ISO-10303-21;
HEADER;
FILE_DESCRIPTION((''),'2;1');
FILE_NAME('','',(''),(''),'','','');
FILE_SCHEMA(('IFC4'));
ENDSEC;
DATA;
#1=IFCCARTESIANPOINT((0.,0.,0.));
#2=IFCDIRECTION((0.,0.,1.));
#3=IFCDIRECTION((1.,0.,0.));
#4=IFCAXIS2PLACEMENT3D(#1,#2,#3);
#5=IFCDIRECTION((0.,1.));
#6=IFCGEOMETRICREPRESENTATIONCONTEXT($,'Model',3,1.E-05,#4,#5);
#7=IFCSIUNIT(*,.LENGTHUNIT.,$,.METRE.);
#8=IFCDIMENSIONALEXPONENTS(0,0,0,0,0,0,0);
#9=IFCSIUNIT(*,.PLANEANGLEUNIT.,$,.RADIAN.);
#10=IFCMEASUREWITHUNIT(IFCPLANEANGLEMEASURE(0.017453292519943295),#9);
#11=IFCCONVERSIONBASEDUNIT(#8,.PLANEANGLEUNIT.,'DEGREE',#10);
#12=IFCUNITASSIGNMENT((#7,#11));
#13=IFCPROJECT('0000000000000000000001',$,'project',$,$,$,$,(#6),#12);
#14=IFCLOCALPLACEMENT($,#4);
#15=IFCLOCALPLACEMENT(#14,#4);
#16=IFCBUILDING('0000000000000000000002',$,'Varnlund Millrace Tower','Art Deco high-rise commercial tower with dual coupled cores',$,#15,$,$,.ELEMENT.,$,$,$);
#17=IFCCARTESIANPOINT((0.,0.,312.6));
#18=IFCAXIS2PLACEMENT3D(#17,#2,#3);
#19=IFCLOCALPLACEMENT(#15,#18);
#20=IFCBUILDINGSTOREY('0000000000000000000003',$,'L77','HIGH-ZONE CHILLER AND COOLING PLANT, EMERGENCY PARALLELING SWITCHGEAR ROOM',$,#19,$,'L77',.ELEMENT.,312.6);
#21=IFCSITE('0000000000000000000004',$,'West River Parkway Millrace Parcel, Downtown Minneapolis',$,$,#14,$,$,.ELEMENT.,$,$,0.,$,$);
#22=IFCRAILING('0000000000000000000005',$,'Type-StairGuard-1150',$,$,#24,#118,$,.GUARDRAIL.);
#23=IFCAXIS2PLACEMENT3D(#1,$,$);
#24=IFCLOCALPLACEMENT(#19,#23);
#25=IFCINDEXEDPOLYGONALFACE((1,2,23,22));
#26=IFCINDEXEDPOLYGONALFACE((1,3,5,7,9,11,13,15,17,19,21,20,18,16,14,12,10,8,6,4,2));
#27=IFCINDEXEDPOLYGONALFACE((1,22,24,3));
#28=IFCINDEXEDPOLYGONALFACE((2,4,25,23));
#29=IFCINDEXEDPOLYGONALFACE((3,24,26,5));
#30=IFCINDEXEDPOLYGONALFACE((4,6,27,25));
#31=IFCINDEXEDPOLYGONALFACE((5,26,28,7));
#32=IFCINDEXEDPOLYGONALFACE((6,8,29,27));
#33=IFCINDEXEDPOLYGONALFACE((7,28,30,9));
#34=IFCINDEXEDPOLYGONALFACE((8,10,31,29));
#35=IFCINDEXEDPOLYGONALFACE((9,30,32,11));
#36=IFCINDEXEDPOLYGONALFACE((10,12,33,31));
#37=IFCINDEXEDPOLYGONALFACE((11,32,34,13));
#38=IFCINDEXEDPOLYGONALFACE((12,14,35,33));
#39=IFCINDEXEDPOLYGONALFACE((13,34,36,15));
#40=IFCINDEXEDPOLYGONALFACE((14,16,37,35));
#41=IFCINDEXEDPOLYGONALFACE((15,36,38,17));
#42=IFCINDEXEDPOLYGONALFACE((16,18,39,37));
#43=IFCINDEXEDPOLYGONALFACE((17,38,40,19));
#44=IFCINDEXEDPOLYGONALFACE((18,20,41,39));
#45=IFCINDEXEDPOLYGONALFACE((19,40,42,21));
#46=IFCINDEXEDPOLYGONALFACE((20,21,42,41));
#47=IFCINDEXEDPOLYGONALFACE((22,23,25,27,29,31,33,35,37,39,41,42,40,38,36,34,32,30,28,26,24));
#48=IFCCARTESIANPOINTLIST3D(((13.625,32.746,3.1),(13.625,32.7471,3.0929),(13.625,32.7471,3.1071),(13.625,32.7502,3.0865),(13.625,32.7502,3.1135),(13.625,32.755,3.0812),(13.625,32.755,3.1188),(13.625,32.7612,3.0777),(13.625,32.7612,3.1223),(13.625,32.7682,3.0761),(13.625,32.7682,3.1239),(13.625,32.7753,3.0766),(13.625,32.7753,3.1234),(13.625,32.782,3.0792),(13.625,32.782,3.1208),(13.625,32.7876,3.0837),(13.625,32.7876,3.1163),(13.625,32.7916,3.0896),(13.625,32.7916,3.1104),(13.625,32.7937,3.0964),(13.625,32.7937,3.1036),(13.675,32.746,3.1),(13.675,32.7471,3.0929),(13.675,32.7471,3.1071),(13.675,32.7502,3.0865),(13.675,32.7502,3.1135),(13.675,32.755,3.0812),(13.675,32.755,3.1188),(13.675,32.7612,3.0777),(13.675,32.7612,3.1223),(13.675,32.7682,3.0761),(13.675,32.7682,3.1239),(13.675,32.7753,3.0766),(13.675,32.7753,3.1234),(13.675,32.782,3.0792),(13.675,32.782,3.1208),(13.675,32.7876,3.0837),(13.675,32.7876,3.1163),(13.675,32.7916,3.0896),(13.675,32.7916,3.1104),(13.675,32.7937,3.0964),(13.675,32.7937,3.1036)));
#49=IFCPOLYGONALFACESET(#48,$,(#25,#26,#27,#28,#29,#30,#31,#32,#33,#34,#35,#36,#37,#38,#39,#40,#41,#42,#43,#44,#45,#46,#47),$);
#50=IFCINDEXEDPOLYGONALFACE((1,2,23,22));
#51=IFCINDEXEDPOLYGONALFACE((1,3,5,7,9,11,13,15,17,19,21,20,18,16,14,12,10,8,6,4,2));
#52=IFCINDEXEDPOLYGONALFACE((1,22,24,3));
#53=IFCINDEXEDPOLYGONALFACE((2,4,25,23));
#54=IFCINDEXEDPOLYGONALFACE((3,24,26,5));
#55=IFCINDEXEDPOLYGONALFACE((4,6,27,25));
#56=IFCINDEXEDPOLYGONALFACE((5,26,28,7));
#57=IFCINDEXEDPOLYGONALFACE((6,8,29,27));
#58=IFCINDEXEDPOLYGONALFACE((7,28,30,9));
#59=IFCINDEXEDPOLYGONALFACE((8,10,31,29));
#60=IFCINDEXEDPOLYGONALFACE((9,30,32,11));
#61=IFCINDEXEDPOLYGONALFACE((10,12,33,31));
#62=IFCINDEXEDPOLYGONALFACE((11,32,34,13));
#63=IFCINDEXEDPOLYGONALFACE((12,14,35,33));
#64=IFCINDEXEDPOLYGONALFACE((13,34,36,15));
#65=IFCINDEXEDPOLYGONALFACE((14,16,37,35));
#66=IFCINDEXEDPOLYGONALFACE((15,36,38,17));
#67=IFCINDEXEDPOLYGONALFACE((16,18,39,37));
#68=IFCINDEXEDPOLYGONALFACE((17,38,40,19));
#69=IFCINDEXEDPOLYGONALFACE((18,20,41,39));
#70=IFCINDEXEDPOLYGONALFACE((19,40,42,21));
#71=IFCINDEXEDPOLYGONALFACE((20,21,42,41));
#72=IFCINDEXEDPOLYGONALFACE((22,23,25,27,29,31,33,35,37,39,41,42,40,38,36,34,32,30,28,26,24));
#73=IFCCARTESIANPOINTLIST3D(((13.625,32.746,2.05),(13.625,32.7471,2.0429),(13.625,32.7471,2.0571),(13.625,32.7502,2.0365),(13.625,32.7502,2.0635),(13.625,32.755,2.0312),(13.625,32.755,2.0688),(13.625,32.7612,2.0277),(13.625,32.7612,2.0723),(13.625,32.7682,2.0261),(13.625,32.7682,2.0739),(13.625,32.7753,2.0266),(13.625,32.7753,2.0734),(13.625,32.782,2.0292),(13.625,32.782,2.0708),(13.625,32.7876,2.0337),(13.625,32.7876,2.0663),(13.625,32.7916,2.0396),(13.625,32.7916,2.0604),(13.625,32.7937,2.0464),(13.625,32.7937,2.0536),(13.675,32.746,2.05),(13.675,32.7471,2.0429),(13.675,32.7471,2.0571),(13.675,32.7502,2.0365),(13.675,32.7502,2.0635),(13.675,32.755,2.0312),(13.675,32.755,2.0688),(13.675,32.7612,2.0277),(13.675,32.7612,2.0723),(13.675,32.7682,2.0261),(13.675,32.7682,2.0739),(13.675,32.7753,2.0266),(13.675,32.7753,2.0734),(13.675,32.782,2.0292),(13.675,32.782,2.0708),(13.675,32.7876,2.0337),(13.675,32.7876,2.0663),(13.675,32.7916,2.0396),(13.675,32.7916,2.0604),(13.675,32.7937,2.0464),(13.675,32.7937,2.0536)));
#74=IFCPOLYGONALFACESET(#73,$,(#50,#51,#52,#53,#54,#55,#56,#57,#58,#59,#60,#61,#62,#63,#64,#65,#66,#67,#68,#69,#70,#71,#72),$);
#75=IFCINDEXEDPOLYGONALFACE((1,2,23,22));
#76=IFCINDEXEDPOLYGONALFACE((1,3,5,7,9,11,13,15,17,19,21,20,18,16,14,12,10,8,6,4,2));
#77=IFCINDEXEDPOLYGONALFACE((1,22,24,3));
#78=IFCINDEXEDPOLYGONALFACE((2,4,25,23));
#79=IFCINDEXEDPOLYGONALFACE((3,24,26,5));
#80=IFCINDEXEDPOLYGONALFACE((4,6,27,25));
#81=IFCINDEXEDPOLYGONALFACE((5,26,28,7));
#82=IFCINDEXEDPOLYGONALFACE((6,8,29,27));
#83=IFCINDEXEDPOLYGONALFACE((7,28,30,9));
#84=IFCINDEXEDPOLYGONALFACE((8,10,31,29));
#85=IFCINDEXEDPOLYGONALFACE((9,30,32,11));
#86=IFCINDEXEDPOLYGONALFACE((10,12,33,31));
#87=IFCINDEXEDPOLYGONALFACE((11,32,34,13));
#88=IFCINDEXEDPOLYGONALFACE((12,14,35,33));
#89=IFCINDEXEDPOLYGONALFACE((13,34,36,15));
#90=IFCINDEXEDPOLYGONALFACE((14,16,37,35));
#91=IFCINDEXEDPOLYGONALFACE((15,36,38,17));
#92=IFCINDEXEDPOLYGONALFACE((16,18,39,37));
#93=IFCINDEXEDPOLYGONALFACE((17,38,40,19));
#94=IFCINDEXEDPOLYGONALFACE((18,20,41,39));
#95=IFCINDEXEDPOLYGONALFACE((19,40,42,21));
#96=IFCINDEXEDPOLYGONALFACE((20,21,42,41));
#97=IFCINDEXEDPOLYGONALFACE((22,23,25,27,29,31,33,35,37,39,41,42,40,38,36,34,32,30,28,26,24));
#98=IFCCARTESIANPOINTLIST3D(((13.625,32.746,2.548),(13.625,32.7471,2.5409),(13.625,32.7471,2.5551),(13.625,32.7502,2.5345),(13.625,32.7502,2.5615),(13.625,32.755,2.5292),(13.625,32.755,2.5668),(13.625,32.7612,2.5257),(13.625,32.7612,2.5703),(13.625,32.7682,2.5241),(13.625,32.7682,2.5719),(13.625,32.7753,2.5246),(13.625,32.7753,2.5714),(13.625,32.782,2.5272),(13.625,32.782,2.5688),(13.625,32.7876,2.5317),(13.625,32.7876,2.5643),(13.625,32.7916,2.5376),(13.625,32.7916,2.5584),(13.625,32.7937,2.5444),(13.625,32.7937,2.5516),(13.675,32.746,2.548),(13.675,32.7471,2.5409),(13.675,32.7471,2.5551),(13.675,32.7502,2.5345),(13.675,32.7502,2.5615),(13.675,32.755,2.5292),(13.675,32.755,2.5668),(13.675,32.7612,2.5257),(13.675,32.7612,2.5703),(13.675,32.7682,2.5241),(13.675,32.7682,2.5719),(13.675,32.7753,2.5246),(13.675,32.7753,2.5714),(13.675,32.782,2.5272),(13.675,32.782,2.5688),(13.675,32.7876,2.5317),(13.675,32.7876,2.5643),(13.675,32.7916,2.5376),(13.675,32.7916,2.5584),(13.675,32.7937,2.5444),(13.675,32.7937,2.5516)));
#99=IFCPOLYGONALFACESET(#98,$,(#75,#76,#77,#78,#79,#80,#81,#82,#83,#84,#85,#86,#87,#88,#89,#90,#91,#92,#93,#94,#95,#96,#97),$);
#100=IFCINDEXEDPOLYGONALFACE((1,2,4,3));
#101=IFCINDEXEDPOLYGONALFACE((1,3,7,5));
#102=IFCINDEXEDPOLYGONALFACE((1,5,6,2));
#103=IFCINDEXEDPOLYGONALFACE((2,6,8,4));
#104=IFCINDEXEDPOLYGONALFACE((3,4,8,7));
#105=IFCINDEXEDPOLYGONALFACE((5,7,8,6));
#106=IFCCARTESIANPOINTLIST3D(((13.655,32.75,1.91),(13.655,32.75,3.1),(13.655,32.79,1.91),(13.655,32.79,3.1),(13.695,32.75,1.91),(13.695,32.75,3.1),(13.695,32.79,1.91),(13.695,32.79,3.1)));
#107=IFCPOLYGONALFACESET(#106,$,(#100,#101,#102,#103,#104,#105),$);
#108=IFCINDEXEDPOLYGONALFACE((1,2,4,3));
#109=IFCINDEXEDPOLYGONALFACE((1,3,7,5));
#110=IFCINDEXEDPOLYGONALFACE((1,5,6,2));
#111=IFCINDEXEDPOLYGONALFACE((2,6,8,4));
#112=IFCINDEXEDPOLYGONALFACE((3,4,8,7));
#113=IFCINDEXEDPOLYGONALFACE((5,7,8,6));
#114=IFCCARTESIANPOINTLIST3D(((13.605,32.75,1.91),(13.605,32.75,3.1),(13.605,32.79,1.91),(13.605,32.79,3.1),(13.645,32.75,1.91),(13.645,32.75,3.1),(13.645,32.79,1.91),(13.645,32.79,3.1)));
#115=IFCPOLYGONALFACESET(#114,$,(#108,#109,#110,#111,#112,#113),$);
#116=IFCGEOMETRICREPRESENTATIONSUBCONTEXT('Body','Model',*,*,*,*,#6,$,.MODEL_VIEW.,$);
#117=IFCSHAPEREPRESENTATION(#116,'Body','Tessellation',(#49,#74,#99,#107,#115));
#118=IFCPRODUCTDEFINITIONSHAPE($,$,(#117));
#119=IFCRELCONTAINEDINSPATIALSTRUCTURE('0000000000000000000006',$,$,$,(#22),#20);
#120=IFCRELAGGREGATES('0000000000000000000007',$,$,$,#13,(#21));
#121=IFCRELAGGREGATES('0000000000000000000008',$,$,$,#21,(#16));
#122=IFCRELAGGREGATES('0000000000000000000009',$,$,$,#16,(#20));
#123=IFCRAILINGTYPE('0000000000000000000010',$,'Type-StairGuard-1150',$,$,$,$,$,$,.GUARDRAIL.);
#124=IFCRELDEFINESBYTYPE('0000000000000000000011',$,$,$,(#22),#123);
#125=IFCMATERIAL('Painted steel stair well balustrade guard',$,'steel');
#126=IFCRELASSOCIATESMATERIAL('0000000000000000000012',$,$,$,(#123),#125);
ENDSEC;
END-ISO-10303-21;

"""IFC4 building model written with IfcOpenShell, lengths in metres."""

from ifc_helpers import new_model, entity, si_unit, converted_unit, direction, frame, origin_with_axes, origin_2d_with_axis, place, context, subcontext, project, spatial, rectangle, circle, extrude, material, type_object, element, save


model = new_model("IFC4")

# Units and contexts
model_context = context("Model", 3, precision=1e-05, world=origin_with_axes(), true_north=direction((0.0, 1.0)))
body_context = subcontext(model_context, "Body", "Model", "MODEL_VIEW")
ifc_project = project(units=[si_unit("LENGTHUNIT", "METRE"), converted_unit("PLANEANGLEUNIT", "DEGREE", entity("IfcPlaneAngleMeasure", 0.017453292519943295), si_unit("PLANEANGLEUNIT", "RADIAN"), dimensions=[0, 0, 0, 0, 0, 0, 0])], contexts=[model_context])

# Site, building, storey
site_placement = place(None, origin_with_axes())
site = spatial("IfcSite", under=ifc_project, at=site_placement, Name="West River Parkway Millrace Parcel, Downtown Minneapolis", CompositionType="ELEMENT", RefElevation=0.0)
building_placement = place(site_placement, origin_with_axes())
building = spatial("IfcBuilding", under=site, at=building_placement, Name="Varnlund Millrace Tower", Description="Art Deco high-rise commercial tower with dual coupled cores", CompositionType="ELEMENT")
storey_placement = place(building_placement, frame((0.0, 0.0, 312.6), z_axis=(0.0, 0.0, 1.0), x_axis=(1.0, 0.0, 0.0)))
storey = spatial("IfcBuildingStorey", under=building, at=storey_placement, Name="L77", Description="HIGH-ZONE CHILLER AND COOLING PLANT, EMERGENCY PARALLELING SWITCHGEAR ROOM", LongName="L77", CompositionType="ELEMENT", Elevation=312.6)

# Railing
ifc_material_1 = material(Name="Painted steel stair well balustrade guard", Category="steel")
railing_type_1 = type_object("IfcRailingType", Name="Type-StairGuard-1150", PredefinedType="GUARDRAIL", material=ifc_material_1)
railing_1_placement = place(storey_placement, frame((0.0, 0.0, -312.6), z_axis=(0.0, 0.0, 1.0), x_axis=(1.0, 0.0, 0.0)))
element("IfcRailing", 1, at=railing_1_placement, inside=storey, type_object=railing_type_1, Name="Type-StairGuard-1150", PredefinedType="GUARDRAIL", context=body_context, shape_type="SweptSolid", body=[
    extrude(circle(Radius=0.024, at=origin_2d_with_axis()), frame((13.675, 32.77, 315.7), z_axis=(-1.0, 0.0, 0.0), x_axis=(0.0, -1.0, 0.0)), (0.0, 0.0, 1.0), 0.05),
    extrude(circle(Radius=0.024, at=origin_2d_with_axis()), frame((13.675, 32.77, 314.65), z_axis=(-1.0, 0.0, 0.0), x_axis=(0.0, -1.0, 0.0)), (0.0, 0.0, 1.0), 0.05),
    extrude(circle(Radius=0.024, at=origin_2d_with_axis()), frame((13.675, 32.77, 315.148), z_axis=(-1.0, 0.0, 0.0), x_axis=(0.0, -1.0, 0.0)), (0.0, 0.0, 1.0), 0.05),
    extrude(rectangle(XDim=0.04, YDim=0.04, at=origin_2d_with_axis()), frame((13.675, 32.77, 314.51), z_axis=(0.0, 0.0, 1.0), x_axis=(1.0, 0.0, 0.0)), (0.0, 0.0, 1.0), 1.19),
    extrude(rectangle(XDim=0.04, YDim=0.04, at=origin_2d_with_axis()), frame((13.625, 32.77, 314.51), z_axis=(0.0, 0.0, 1.0), x_axis=(1.0, 0.0, 0.0)), (0.0, 0.0, 1.0), 1.19),
])

save(model, "model.ifc")
